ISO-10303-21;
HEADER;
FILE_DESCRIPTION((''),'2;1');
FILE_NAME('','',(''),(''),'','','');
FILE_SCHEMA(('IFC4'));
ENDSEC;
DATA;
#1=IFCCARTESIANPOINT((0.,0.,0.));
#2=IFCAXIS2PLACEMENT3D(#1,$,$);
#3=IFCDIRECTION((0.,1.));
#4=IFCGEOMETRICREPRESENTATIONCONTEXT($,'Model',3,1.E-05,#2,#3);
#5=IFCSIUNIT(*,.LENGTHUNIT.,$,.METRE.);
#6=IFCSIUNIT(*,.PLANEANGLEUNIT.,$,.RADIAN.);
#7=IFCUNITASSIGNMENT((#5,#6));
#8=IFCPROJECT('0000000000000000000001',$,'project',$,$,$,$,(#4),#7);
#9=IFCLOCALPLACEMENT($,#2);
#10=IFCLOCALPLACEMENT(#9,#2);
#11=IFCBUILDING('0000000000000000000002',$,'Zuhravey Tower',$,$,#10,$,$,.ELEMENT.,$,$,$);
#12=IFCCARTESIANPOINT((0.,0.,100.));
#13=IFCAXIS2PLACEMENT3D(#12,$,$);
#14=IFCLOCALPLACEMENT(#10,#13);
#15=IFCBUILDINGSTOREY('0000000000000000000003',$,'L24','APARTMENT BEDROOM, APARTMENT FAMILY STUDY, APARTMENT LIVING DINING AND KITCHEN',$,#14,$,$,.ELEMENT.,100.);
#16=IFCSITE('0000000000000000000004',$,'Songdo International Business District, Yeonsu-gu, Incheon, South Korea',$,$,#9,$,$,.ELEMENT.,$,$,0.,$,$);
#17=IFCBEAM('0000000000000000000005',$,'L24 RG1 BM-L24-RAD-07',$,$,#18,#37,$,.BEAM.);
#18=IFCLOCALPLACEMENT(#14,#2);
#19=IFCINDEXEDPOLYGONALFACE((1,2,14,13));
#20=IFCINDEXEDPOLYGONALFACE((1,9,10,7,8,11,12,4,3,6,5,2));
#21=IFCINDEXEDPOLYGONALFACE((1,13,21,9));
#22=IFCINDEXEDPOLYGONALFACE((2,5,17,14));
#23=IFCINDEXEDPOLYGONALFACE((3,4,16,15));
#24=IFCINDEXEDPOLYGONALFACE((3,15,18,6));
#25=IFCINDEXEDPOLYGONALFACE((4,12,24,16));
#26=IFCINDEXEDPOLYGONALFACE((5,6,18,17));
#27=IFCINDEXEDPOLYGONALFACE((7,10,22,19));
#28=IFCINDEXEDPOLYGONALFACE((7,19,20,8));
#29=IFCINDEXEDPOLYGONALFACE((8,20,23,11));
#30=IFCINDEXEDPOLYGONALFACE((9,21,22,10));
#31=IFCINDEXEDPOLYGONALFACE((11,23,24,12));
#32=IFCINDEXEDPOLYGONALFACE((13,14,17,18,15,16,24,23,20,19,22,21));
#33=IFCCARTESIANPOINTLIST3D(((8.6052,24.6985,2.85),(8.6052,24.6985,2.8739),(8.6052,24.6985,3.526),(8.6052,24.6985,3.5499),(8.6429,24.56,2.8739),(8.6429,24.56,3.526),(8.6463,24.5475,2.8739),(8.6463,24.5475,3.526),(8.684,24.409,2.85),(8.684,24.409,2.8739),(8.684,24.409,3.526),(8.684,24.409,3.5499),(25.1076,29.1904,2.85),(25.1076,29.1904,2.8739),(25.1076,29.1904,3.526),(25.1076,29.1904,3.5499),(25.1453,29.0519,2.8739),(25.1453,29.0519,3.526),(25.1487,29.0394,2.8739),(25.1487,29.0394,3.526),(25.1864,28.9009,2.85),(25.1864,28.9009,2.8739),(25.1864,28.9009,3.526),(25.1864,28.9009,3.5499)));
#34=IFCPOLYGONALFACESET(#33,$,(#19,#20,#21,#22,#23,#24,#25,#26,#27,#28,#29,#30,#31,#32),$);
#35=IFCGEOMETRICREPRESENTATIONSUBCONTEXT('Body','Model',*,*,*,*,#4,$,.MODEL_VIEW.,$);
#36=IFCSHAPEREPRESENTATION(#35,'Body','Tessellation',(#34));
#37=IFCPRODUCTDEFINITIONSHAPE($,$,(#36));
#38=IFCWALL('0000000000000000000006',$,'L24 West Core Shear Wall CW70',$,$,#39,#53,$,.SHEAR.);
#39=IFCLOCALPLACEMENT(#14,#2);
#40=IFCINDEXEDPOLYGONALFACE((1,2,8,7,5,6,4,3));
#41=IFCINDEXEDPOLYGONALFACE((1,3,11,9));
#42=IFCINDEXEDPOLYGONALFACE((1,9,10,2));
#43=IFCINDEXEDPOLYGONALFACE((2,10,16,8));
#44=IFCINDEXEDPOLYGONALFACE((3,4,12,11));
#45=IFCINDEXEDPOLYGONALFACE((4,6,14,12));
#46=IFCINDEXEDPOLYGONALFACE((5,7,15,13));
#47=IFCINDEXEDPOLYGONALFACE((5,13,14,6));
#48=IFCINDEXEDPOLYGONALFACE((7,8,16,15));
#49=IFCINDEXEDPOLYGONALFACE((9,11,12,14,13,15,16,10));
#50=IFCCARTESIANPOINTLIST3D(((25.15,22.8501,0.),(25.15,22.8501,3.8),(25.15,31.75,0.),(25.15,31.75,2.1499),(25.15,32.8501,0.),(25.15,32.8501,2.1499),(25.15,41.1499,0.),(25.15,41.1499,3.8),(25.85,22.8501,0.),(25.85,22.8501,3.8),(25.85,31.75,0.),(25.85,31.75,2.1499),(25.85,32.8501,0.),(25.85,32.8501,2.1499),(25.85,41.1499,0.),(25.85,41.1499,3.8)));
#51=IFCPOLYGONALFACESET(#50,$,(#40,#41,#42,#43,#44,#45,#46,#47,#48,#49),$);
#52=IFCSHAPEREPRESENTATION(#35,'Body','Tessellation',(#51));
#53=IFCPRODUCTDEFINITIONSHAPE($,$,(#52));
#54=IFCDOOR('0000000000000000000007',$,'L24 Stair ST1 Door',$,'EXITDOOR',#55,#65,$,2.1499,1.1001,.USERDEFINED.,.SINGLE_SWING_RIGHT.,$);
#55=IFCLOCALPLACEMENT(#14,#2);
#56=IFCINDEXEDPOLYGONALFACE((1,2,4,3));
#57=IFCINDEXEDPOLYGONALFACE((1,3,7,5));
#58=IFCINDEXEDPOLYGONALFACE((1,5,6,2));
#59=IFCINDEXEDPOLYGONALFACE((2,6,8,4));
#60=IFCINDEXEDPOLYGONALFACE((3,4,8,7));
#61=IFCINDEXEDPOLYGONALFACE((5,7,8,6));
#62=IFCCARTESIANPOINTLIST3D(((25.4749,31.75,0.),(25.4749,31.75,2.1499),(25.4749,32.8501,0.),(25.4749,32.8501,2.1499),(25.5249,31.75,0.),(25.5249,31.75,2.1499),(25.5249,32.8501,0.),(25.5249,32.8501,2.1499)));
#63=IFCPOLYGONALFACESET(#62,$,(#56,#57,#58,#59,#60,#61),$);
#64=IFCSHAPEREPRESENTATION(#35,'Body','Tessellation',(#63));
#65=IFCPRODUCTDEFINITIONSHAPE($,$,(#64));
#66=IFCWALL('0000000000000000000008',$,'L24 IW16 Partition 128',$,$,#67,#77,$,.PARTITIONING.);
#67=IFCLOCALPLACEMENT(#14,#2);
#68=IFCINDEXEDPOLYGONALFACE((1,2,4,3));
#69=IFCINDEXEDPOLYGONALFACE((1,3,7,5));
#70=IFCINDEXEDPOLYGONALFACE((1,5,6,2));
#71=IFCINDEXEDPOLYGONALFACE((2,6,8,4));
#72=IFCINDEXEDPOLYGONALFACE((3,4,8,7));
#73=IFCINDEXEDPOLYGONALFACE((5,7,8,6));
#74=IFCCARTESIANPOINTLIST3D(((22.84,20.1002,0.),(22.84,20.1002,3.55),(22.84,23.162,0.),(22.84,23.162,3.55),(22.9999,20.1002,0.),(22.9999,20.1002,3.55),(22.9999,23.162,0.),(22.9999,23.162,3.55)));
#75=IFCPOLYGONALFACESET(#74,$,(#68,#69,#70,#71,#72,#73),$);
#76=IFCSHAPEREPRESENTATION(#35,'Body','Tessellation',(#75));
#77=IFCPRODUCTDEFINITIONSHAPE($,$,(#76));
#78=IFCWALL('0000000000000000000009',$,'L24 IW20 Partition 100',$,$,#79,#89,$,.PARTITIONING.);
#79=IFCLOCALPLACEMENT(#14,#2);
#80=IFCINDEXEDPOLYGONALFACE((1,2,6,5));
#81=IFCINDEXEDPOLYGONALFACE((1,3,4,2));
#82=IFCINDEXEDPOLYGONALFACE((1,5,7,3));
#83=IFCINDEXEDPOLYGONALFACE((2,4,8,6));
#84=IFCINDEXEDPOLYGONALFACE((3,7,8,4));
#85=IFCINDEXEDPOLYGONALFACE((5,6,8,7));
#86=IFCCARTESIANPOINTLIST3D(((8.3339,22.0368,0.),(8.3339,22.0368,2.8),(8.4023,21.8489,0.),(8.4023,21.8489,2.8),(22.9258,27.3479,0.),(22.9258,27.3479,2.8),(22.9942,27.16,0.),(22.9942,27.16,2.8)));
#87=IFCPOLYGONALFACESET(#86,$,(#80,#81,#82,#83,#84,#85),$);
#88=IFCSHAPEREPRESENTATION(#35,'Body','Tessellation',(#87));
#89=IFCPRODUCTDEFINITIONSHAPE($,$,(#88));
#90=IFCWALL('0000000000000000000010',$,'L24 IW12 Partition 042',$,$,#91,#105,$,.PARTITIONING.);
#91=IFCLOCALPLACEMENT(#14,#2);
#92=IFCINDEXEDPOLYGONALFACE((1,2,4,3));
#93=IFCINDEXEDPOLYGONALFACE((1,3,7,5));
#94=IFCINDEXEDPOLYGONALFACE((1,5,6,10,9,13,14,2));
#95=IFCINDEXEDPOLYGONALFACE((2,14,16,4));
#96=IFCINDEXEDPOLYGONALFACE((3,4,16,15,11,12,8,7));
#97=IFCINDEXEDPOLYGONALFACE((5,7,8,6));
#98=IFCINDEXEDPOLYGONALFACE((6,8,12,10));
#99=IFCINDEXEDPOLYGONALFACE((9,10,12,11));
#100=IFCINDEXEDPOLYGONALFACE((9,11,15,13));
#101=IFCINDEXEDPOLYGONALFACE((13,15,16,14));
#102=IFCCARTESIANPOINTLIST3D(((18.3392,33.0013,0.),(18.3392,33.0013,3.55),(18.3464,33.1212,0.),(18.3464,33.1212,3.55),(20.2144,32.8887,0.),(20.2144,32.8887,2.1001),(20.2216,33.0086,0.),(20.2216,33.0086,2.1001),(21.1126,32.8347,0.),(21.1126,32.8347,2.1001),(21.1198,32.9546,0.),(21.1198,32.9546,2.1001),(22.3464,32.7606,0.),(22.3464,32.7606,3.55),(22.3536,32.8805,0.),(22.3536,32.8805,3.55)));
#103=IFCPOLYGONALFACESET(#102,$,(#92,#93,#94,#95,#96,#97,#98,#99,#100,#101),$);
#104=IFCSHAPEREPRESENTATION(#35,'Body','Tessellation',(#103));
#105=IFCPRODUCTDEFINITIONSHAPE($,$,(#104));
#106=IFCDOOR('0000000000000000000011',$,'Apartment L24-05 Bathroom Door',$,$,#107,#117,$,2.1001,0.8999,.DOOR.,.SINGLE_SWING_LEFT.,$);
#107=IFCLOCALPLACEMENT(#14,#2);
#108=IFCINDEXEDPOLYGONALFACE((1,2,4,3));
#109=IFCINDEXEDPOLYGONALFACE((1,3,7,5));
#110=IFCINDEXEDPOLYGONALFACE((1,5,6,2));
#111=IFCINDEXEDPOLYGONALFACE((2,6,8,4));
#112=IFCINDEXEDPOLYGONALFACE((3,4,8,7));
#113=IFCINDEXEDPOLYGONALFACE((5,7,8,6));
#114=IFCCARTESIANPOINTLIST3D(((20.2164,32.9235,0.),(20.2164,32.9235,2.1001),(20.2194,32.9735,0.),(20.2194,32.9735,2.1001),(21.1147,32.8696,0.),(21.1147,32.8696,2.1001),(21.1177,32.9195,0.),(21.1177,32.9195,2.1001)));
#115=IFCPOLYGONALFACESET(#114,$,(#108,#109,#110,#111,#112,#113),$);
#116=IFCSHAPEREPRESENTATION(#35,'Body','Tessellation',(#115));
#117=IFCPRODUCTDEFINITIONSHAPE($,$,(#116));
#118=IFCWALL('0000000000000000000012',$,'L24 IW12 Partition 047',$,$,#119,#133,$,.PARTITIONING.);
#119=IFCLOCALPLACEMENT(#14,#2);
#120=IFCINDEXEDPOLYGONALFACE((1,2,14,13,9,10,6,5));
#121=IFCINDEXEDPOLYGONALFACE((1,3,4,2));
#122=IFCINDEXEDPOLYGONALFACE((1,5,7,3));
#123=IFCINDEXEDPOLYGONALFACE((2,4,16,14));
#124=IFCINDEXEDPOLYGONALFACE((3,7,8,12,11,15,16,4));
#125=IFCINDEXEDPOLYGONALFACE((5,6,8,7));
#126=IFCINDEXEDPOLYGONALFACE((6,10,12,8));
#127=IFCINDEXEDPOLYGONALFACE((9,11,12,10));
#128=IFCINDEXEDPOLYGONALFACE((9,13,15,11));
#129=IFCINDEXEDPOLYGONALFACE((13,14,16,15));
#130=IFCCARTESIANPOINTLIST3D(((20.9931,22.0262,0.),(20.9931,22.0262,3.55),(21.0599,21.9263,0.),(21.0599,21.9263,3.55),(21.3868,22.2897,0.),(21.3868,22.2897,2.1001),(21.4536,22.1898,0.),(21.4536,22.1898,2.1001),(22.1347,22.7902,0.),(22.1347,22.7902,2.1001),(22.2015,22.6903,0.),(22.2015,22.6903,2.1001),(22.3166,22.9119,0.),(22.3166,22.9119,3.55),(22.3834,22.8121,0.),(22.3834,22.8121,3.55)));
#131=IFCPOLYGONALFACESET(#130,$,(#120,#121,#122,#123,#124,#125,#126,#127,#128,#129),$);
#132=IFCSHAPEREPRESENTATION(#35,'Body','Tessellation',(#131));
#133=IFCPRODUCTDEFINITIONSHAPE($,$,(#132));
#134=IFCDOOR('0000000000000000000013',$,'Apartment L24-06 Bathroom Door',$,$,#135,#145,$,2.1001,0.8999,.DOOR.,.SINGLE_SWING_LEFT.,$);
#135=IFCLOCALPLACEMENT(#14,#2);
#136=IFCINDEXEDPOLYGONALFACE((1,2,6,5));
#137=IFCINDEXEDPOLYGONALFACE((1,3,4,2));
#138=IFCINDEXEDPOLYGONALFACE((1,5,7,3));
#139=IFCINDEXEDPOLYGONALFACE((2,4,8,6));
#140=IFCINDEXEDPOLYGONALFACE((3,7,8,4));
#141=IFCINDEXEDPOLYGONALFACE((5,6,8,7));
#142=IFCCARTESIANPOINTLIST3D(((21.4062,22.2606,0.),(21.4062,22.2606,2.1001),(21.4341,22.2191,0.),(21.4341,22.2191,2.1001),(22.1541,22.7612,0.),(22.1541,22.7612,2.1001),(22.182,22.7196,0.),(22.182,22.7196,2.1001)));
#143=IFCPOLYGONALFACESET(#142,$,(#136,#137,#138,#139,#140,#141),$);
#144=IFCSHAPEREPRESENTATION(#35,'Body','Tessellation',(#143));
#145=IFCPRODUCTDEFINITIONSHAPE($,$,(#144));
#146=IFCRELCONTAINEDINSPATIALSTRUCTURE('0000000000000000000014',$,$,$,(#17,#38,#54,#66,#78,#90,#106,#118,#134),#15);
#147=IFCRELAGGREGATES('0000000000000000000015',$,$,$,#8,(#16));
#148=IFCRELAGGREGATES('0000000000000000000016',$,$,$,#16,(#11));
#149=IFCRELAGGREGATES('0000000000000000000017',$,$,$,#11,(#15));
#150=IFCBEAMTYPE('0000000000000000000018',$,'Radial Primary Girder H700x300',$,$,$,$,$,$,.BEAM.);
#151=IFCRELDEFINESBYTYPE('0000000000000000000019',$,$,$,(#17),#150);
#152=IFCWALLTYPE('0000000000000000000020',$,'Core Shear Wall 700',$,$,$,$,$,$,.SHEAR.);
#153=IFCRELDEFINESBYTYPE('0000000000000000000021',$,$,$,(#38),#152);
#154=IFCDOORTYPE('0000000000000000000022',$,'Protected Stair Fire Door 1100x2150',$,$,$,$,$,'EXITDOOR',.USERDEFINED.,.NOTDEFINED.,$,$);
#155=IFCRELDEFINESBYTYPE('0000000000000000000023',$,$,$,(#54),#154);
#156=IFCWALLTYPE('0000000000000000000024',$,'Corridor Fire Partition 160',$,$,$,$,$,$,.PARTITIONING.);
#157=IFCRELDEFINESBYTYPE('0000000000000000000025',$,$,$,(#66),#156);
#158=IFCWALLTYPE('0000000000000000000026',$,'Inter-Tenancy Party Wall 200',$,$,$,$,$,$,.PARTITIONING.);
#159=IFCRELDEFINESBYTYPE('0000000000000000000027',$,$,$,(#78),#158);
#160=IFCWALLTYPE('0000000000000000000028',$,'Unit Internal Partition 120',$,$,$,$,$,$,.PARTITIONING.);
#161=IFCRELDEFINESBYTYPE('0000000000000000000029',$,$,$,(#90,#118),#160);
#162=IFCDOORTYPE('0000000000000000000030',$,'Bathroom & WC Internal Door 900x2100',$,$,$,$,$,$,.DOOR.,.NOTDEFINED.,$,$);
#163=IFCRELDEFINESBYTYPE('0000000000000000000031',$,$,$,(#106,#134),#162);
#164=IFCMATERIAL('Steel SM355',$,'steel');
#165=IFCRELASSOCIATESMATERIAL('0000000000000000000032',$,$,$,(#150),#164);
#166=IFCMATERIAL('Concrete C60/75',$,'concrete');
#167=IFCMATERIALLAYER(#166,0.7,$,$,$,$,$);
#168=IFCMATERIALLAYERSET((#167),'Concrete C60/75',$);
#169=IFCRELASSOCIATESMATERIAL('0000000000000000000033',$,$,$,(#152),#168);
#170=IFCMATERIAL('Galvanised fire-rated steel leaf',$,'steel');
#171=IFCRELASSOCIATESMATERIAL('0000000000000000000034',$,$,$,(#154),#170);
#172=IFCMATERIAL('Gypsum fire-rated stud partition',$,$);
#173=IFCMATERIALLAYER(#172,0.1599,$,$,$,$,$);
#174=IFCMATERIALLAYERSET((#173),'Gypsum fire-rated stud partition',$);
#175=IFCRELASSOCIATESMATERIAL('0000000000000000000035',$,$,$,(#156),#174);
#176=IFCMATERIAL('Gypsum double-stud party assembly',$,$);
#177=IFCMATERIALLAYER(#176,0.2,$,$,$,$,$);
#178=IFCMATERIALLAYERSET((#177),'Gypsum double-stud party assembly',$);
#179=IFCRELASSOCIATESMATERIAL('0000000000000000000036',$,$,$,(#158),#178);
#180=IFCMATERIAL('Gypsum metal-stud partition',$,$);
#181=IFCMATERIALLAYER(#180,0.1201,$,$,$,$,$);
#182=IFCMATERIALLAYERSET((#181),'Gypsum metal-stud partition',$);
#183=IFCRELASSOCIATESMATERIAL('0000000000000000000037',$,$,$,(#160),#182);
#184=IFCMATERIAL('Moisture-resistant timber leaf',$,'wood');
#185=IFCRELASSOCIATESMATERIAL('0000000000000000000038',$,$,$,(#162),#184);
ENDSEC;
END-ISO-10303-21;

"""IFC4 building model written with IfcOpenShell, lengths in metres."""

from ifc_helpers import new_model, si_unit, direction, frame, frame_2d, origin, origin_2d, place, context, subcontext, project, spatial, rectangle, i_section, extrude, material, layer, layer_set, material_profile, profile_set, type_object, element, fill, save


model = new_model("IFC4")

# Units and contexts
model_context = context("Model", 3, precision=1e-05, world=origin(), true_north=direction((0.0, 1.0)))
body_context = subcontext(model_context, "Body", "Model", "MODEL_VIEW")
ifc_project = project(units=[si_unit("LENGTHUNIT", "METRE"), si_unit("PLANEANGLEUNIT", "RADIAN")], contexts=[model_context])

# Site, building, storey
site_placement = place(None, origin())
site = spatial("IfcSite", under=ifc_project, at=site_placement, Name="Songdo International Business District, Yeonsu-gu, Incheon, South Korea", CompositionType="ELEMENT", RefElevation=0.0)
building_placement = place(site_placement, origin())
building = spatial("IfcBuilding", under=site, at=building_placement, Name="Zuhravey Tower", CompositionType="ELEMENT")
storey_placement = place(building_placement, frame((0.0, 0.0, 100.0)))
storey = spatial("IfcBuildingStorey", under=building, at=storey_placement, Name="L24", Description="APARTMENT BEDROOM, APARTMENT FAMILY STUDY, APARTMENT LIVING DINING AND KITCHEN", CompositionType="ELEMENT", Elevation=100.0)

# Beam
ifc_material_1 = material(Name="Steel SM355", Category="steel")
ifc_material_profile = material_profile(ifc_material_1, i_section(OverallWidth=0.3, OverallDepth=0.7, WebThickness=0.0129, FlangeThickness=0.0239, at=origin_2d()), Name="H-700x300x13x24")
ifc_profile_set = profile_set([ifc_material_profile], Name="Steel SM355")
beam_type = type_object("IfcBeamType", Name="Radial Primary Girder H700x300", PredefinedType="BEAM", material=ifc_profile_set)
beam_placement = place(storey_placement, frame((25.147, 29.0457, 3.2), z_axis=(-0.964893, -0.262643, 0.0), x_axis=(0.262643, -0.964893, 0.0)))
element("IfcBeam", 1, at=beam_placement, inside=storey, type_object=beam_type, Name="L24 RG1 BM-L24-RAD-07", PredefinedType="BEAM", context=body_context, shape_type="SweptSolid", body=[
    extrude(i_section(OverallWidth=0.3, OverallDepth=0.7, WebThickness=0.0129, FlangeThickness=0.0239, at=origin_2d()), origin(), (0.0, 0.0, 1.0), 17.1028),
])

# Wall, opening, door
ifc_material_2 = material(Name="Concrete C60/75", Category="concrete")
ifc_layer_1 = layer(ifc_material_2, 0.7)
ifc_layer_set_1 = layer_set([ifc_layer_1], Name="Concrete C60/75")
wall_type_1 = type_object("IfcWallType", Name="Core Shear Wall 700", PredefinedType="SHEAR", material=ifc_layer_set_1)
ifc_material_3 = material(Name="Galvanised fire-rated steel leaf", Category="steel")
wall_1_placement = place(storey_placement, frame((25.5, 22.8501, 0.0), z_axis=(0.0, 0.0, 1.0), x_axis=(0.0, 1.0, 0.0)))
wall_1 = element("IfcWall", 2, at=wall_1_placement, inside=storey, type_object=wall_type_1, Name="L24 West Core Shear Wall CW70", PredefinedType="SHEAR", context=body_context, shape_type="SweptSolid", body=[
    extrude(rectangle(XDim=18.2998, YDim=0.7, at=frame_2d((9.1499, 0.0))), origin(), (0.0, 0.0, 1.0), 3.8),
])
opening_1_placement = place(wall_1_placement, frame((8.8999, 0.0, 0.0)))
opening_1 = element("IfcOpeningElement", 3, at=opening_1_placement, cuts=wall_1, PredefinedType="OPENING", context=body_context, shape_type="SweptSolid", body=[
    extrude(rectangle(XDim=1.1001, YDim=2.1499, at=frame_2d((0.55, 1.075))), frame((0.0, 0.3621, 0.0), z_axis=(0.0, -1.0, 0.0), x_axis=(1.0, 0.0, 0.0)), (0.0, 0.0, 1.0), 0.7239),
])
door_type_1 = type_object("IfcDoorType", Name="Protected Stair Fire Door 1100x2150", ElementType="EXITDOOR", OperationType="NOTDEFINED", PredefinedType="USERDEFINED", material=ifc_material_3)
door_1_placement = place(opening_1_placement, frame((1.1001, 0.0, 0.0), z_axis=(0.0, 0.0, 1.0), x_axis=(-1.0, 0.0, 0.0)))
door_1 = element("IfcDoor", 4, at=door_1_placement, inside=storey, type_object=door_type_1, Name="L24 Stair ST1 Door", ObjectType="EXITDOOR", OperationType="SINGLE_SWING_RIGHT", OverallHeight=2.1499, OverallWidth=1.1001, PredefinedType="USERDEFINED", context=body_context, shape_type="SweptSolid", body=[
    extrude(rectangle(XDim=1.1001, YDim=2.1499, at=frame_2d((0.55, 1.075))), frame((0.0, 0.0249, 0.0), z_axis=(0.0, -1.0, 0.0), x_axis=(1.0, 0.0, 0.0)), (0.0, 0.0, 1.0), 0.05),
])
fill(opening_1, door_1)
ifc_material_4 = material(Name="Gypsum fire-rated stud partition")
ifc_layer_2 = layer(ifc_material_4, 0.1599)
ifc_layer_set_2 = layer_set([ifc_layer_2], Name="Gypsum fire-rated stud partition")
wall_type_2 = type_object("IfcWallType", Name="Corridor Fire Partition 160", PredefinedType="PARTITIONING", material=ifc_layer_set_2)

# Walls
wall_2_placement = place(storey_placement, frame((22.9199, 23.1619, 0.0), z_axis=(0.0, 0.0, 1.0), x_axis=(0.0, -1.0, 0.0)))
element("IfcWall", 5, at=wall_2_placement, inside=storey, type_object=wall_type_2, Name="L24 IW16 Partition 128", PredefinedType="PARTITIONING", context=body_context, shape_type="SweptSolid", body=[
    extrude(rectangle(XDim=3.0618, YDim=0.1599, at=frame_2d((1.5308, 0.0))), origin(), (0.0, 0.0, 1.0), 3.55),
])
ifc_material_5 = material(Name="Gypsum double-stud party assembly")
ifc_layer_3 = layer(ifc_material_5, 0.2)
ifc_layer_set_3 = layer_set([ifc_layer_3], Name="Gypsum double-stud party assembly")
wall_type_3 = type_object("IfcWallType", Name="Inter-Tenancy Party Wall 200", PredefinedType="PARTITIONING", material=ifc_layer_set_3)
wall_3_placement = place(storey_placement, frame((22.96, 27.2539, 0.0), z_axis=(0.0, 0.0, 1.0), x_axis=(-0.939691, -0.342023, 0.0)))
element("IfcWall", 6, at=wall_3_placement, inside=storey, type_object=wall_type_3, Name="L24 IW20 Partition 100", PredefinedType="PARTITIONING", context=body_context, shape_type="SweptSolid", body=[
    extrude(rectangle(XDim=15.5283, YDim=0.2, at=frame_2d((7.7642, 0.0))), origin(), (0.0, 0.0, 1.0), 2.8),
])

# Walls, openings, doors
ifc_material_6 = material(Name="Gypsum metal-stud partition")
ifc_layer_4 = layer(ifc_material_6, 0.1201)
ifc_layer_set_4 = layer_set([ifc_layer_4], Name="Gypsum metal-stud partition")
wall_type_4 = type_object("IfcWallType", Name="Unit Internal Partition 120", PredefinedType="PARTITIONING", material=ifc_layer_set_4)
wall_4_placement = place(storey_placement, frame((22.3501, 32.8206, 0.0), z_axis=(0.0, 0.0, 1.0), x_axis=(-0.9982, 0.059966, 0.0)))
wall_4 = element("IfcWall", 7, at=wall_4_placement, inside=storey, type_object=wall_type_4, Name="L24 IW12 Partition 042", PredefinedType="PARTITIONING", context=body_context, shape_type="SweptSolid", body=[
    extrude(rectangle(XDim=4.0144, YDim=0.1201, at=frame_2d((2.0073, 0.0))), origin(), (0.0, 0.0, 1.0), 3.55),
])
opening_2_placement = place(wall_4_placement, frame((1.2361, 0.0, 0.0)))
opening_2 = element("IfcOpeningElement", 8, at=opening_2_placement, cuts=wall_4, PredefinedType="OPENING", context=body_context, shape_type="SweptSolid", body=[
    extrude(rectangle(XDim=0.8999, YDim=2.1001, at=frame_2d((0.45, 1.05))), frame((0.0, 0.072, 0.0), z_axis=(0.0, -1.0, 0.0), x_axis=(1.0, 0.0, 0.0)), (0.0, 0.0, 1.0), 0.144),
])
ifc_material_7 = material(Name="Moisture-resistant timber leaf", Category="wood")
door_type_2 = type_object("IfcDoorType", Name="Bathroom & WC Internal Door 900x2100", OperationType="NOTDEFINED", PredefinedType="DOOR", material=ifc_material_7)
door_2_placement = place(opening_2_placement, frame((0.8999, 0.0, 0.0), z_axis=(0.0, 0.0, 1.0), x_axis=(-1.0, 0.0, 0.0)))
door_2 = element("IfcDoor", 9, at=door_2_placement, inside=storey, type_object=door_type_2, Name="Apartment L24-05 Bathroom Door", OperationType="SINGLE_SWING_LEFT", OverallHeight=2.1001, OverallWidth=0.8999, PredefinedType="DOOR", context=body_context, shape_type="SweptSolid", body=[
    extrude(rectangle(XDim=0.8999, YDim=2.1001, at=frame_2d((0.45, 1.05))), frame((0.0, 0.0249, 0.0), z_axis=(0.0, -1.0, 0.0), x_axis=(1.0, 0.0, 0.0)), (0.0, 0.0, 1.0), 0.05),
])
fill(opening_2, door_2)
wall_5_placement = place(storey_placement, frame((22.3501, 22.8621, 0.0), z_axis=(0.0, 0.0, 1.0), x_axis=(-0.831058, -0.556185, 0.0)))
wall_5 = element("IfcWall", 10, at=wall_5_placement, inside=storey, type_object=wall_type_4, Name="L24 IW12 Partition 047", PredefinedType="PARTITIONING", context=body_context, shape_type="SweptSolid", body=[
    extrude(rectangle(XDim=1.5925, YDim=0.1201, at=frame_2d((0.7964, 0.0))), origin(), (0.0, 0.0, 1.0), 3.55),
])
opening_3_placement = place(wall_5_placement, frame((0.219, 0.0, 0.0)))
opening_3 = element("IfcOpeningElement", 11, at=opening_3_placement, cuts=wall_5, PredefinedType="OPENING", context=body_context, shape_type="SweptSolid", body=[
    extrude(rectangle(XDim=0.8999, YDim=2.1001, at=frame_2d((0.45, 1.05))), frame((0.0, 0.072, 0.0), z_axis=(0.0, -1.0, 0.0), x_axis=(1.0, 0.0, 0.0)), (0.0, 0.0, 1.0), 0.144),
])
door_3_placement = place(opening_3_placement, origin())
door_3 = element("IfcDoor", 12, at=door_3_placement, inside=storey, type_object=door_type_2, Name="Apartment L24-06 Bathroom Door", OperationType="SINGLE_SWING_LEFT", OverallHeight=2.1001, OverallWidth=0.8999, PredefinedType="DOOR", context=body_context, shape_type="SweptSolid", body=[
    extrude(rectangle(XDim=0.8999, YDim=2.1001, at=frame_2d((0.45, 1.05))), frame((0.0, 0.0249, 0.0), z_axis=(0.0, -1.0, 0.0), x_axis=(1.0, 0.0, 0.0)), (0.0, 0.0, 1.0), 0.05),
])
fill(opening_3, door_3)

save(model, "model.ifc")
